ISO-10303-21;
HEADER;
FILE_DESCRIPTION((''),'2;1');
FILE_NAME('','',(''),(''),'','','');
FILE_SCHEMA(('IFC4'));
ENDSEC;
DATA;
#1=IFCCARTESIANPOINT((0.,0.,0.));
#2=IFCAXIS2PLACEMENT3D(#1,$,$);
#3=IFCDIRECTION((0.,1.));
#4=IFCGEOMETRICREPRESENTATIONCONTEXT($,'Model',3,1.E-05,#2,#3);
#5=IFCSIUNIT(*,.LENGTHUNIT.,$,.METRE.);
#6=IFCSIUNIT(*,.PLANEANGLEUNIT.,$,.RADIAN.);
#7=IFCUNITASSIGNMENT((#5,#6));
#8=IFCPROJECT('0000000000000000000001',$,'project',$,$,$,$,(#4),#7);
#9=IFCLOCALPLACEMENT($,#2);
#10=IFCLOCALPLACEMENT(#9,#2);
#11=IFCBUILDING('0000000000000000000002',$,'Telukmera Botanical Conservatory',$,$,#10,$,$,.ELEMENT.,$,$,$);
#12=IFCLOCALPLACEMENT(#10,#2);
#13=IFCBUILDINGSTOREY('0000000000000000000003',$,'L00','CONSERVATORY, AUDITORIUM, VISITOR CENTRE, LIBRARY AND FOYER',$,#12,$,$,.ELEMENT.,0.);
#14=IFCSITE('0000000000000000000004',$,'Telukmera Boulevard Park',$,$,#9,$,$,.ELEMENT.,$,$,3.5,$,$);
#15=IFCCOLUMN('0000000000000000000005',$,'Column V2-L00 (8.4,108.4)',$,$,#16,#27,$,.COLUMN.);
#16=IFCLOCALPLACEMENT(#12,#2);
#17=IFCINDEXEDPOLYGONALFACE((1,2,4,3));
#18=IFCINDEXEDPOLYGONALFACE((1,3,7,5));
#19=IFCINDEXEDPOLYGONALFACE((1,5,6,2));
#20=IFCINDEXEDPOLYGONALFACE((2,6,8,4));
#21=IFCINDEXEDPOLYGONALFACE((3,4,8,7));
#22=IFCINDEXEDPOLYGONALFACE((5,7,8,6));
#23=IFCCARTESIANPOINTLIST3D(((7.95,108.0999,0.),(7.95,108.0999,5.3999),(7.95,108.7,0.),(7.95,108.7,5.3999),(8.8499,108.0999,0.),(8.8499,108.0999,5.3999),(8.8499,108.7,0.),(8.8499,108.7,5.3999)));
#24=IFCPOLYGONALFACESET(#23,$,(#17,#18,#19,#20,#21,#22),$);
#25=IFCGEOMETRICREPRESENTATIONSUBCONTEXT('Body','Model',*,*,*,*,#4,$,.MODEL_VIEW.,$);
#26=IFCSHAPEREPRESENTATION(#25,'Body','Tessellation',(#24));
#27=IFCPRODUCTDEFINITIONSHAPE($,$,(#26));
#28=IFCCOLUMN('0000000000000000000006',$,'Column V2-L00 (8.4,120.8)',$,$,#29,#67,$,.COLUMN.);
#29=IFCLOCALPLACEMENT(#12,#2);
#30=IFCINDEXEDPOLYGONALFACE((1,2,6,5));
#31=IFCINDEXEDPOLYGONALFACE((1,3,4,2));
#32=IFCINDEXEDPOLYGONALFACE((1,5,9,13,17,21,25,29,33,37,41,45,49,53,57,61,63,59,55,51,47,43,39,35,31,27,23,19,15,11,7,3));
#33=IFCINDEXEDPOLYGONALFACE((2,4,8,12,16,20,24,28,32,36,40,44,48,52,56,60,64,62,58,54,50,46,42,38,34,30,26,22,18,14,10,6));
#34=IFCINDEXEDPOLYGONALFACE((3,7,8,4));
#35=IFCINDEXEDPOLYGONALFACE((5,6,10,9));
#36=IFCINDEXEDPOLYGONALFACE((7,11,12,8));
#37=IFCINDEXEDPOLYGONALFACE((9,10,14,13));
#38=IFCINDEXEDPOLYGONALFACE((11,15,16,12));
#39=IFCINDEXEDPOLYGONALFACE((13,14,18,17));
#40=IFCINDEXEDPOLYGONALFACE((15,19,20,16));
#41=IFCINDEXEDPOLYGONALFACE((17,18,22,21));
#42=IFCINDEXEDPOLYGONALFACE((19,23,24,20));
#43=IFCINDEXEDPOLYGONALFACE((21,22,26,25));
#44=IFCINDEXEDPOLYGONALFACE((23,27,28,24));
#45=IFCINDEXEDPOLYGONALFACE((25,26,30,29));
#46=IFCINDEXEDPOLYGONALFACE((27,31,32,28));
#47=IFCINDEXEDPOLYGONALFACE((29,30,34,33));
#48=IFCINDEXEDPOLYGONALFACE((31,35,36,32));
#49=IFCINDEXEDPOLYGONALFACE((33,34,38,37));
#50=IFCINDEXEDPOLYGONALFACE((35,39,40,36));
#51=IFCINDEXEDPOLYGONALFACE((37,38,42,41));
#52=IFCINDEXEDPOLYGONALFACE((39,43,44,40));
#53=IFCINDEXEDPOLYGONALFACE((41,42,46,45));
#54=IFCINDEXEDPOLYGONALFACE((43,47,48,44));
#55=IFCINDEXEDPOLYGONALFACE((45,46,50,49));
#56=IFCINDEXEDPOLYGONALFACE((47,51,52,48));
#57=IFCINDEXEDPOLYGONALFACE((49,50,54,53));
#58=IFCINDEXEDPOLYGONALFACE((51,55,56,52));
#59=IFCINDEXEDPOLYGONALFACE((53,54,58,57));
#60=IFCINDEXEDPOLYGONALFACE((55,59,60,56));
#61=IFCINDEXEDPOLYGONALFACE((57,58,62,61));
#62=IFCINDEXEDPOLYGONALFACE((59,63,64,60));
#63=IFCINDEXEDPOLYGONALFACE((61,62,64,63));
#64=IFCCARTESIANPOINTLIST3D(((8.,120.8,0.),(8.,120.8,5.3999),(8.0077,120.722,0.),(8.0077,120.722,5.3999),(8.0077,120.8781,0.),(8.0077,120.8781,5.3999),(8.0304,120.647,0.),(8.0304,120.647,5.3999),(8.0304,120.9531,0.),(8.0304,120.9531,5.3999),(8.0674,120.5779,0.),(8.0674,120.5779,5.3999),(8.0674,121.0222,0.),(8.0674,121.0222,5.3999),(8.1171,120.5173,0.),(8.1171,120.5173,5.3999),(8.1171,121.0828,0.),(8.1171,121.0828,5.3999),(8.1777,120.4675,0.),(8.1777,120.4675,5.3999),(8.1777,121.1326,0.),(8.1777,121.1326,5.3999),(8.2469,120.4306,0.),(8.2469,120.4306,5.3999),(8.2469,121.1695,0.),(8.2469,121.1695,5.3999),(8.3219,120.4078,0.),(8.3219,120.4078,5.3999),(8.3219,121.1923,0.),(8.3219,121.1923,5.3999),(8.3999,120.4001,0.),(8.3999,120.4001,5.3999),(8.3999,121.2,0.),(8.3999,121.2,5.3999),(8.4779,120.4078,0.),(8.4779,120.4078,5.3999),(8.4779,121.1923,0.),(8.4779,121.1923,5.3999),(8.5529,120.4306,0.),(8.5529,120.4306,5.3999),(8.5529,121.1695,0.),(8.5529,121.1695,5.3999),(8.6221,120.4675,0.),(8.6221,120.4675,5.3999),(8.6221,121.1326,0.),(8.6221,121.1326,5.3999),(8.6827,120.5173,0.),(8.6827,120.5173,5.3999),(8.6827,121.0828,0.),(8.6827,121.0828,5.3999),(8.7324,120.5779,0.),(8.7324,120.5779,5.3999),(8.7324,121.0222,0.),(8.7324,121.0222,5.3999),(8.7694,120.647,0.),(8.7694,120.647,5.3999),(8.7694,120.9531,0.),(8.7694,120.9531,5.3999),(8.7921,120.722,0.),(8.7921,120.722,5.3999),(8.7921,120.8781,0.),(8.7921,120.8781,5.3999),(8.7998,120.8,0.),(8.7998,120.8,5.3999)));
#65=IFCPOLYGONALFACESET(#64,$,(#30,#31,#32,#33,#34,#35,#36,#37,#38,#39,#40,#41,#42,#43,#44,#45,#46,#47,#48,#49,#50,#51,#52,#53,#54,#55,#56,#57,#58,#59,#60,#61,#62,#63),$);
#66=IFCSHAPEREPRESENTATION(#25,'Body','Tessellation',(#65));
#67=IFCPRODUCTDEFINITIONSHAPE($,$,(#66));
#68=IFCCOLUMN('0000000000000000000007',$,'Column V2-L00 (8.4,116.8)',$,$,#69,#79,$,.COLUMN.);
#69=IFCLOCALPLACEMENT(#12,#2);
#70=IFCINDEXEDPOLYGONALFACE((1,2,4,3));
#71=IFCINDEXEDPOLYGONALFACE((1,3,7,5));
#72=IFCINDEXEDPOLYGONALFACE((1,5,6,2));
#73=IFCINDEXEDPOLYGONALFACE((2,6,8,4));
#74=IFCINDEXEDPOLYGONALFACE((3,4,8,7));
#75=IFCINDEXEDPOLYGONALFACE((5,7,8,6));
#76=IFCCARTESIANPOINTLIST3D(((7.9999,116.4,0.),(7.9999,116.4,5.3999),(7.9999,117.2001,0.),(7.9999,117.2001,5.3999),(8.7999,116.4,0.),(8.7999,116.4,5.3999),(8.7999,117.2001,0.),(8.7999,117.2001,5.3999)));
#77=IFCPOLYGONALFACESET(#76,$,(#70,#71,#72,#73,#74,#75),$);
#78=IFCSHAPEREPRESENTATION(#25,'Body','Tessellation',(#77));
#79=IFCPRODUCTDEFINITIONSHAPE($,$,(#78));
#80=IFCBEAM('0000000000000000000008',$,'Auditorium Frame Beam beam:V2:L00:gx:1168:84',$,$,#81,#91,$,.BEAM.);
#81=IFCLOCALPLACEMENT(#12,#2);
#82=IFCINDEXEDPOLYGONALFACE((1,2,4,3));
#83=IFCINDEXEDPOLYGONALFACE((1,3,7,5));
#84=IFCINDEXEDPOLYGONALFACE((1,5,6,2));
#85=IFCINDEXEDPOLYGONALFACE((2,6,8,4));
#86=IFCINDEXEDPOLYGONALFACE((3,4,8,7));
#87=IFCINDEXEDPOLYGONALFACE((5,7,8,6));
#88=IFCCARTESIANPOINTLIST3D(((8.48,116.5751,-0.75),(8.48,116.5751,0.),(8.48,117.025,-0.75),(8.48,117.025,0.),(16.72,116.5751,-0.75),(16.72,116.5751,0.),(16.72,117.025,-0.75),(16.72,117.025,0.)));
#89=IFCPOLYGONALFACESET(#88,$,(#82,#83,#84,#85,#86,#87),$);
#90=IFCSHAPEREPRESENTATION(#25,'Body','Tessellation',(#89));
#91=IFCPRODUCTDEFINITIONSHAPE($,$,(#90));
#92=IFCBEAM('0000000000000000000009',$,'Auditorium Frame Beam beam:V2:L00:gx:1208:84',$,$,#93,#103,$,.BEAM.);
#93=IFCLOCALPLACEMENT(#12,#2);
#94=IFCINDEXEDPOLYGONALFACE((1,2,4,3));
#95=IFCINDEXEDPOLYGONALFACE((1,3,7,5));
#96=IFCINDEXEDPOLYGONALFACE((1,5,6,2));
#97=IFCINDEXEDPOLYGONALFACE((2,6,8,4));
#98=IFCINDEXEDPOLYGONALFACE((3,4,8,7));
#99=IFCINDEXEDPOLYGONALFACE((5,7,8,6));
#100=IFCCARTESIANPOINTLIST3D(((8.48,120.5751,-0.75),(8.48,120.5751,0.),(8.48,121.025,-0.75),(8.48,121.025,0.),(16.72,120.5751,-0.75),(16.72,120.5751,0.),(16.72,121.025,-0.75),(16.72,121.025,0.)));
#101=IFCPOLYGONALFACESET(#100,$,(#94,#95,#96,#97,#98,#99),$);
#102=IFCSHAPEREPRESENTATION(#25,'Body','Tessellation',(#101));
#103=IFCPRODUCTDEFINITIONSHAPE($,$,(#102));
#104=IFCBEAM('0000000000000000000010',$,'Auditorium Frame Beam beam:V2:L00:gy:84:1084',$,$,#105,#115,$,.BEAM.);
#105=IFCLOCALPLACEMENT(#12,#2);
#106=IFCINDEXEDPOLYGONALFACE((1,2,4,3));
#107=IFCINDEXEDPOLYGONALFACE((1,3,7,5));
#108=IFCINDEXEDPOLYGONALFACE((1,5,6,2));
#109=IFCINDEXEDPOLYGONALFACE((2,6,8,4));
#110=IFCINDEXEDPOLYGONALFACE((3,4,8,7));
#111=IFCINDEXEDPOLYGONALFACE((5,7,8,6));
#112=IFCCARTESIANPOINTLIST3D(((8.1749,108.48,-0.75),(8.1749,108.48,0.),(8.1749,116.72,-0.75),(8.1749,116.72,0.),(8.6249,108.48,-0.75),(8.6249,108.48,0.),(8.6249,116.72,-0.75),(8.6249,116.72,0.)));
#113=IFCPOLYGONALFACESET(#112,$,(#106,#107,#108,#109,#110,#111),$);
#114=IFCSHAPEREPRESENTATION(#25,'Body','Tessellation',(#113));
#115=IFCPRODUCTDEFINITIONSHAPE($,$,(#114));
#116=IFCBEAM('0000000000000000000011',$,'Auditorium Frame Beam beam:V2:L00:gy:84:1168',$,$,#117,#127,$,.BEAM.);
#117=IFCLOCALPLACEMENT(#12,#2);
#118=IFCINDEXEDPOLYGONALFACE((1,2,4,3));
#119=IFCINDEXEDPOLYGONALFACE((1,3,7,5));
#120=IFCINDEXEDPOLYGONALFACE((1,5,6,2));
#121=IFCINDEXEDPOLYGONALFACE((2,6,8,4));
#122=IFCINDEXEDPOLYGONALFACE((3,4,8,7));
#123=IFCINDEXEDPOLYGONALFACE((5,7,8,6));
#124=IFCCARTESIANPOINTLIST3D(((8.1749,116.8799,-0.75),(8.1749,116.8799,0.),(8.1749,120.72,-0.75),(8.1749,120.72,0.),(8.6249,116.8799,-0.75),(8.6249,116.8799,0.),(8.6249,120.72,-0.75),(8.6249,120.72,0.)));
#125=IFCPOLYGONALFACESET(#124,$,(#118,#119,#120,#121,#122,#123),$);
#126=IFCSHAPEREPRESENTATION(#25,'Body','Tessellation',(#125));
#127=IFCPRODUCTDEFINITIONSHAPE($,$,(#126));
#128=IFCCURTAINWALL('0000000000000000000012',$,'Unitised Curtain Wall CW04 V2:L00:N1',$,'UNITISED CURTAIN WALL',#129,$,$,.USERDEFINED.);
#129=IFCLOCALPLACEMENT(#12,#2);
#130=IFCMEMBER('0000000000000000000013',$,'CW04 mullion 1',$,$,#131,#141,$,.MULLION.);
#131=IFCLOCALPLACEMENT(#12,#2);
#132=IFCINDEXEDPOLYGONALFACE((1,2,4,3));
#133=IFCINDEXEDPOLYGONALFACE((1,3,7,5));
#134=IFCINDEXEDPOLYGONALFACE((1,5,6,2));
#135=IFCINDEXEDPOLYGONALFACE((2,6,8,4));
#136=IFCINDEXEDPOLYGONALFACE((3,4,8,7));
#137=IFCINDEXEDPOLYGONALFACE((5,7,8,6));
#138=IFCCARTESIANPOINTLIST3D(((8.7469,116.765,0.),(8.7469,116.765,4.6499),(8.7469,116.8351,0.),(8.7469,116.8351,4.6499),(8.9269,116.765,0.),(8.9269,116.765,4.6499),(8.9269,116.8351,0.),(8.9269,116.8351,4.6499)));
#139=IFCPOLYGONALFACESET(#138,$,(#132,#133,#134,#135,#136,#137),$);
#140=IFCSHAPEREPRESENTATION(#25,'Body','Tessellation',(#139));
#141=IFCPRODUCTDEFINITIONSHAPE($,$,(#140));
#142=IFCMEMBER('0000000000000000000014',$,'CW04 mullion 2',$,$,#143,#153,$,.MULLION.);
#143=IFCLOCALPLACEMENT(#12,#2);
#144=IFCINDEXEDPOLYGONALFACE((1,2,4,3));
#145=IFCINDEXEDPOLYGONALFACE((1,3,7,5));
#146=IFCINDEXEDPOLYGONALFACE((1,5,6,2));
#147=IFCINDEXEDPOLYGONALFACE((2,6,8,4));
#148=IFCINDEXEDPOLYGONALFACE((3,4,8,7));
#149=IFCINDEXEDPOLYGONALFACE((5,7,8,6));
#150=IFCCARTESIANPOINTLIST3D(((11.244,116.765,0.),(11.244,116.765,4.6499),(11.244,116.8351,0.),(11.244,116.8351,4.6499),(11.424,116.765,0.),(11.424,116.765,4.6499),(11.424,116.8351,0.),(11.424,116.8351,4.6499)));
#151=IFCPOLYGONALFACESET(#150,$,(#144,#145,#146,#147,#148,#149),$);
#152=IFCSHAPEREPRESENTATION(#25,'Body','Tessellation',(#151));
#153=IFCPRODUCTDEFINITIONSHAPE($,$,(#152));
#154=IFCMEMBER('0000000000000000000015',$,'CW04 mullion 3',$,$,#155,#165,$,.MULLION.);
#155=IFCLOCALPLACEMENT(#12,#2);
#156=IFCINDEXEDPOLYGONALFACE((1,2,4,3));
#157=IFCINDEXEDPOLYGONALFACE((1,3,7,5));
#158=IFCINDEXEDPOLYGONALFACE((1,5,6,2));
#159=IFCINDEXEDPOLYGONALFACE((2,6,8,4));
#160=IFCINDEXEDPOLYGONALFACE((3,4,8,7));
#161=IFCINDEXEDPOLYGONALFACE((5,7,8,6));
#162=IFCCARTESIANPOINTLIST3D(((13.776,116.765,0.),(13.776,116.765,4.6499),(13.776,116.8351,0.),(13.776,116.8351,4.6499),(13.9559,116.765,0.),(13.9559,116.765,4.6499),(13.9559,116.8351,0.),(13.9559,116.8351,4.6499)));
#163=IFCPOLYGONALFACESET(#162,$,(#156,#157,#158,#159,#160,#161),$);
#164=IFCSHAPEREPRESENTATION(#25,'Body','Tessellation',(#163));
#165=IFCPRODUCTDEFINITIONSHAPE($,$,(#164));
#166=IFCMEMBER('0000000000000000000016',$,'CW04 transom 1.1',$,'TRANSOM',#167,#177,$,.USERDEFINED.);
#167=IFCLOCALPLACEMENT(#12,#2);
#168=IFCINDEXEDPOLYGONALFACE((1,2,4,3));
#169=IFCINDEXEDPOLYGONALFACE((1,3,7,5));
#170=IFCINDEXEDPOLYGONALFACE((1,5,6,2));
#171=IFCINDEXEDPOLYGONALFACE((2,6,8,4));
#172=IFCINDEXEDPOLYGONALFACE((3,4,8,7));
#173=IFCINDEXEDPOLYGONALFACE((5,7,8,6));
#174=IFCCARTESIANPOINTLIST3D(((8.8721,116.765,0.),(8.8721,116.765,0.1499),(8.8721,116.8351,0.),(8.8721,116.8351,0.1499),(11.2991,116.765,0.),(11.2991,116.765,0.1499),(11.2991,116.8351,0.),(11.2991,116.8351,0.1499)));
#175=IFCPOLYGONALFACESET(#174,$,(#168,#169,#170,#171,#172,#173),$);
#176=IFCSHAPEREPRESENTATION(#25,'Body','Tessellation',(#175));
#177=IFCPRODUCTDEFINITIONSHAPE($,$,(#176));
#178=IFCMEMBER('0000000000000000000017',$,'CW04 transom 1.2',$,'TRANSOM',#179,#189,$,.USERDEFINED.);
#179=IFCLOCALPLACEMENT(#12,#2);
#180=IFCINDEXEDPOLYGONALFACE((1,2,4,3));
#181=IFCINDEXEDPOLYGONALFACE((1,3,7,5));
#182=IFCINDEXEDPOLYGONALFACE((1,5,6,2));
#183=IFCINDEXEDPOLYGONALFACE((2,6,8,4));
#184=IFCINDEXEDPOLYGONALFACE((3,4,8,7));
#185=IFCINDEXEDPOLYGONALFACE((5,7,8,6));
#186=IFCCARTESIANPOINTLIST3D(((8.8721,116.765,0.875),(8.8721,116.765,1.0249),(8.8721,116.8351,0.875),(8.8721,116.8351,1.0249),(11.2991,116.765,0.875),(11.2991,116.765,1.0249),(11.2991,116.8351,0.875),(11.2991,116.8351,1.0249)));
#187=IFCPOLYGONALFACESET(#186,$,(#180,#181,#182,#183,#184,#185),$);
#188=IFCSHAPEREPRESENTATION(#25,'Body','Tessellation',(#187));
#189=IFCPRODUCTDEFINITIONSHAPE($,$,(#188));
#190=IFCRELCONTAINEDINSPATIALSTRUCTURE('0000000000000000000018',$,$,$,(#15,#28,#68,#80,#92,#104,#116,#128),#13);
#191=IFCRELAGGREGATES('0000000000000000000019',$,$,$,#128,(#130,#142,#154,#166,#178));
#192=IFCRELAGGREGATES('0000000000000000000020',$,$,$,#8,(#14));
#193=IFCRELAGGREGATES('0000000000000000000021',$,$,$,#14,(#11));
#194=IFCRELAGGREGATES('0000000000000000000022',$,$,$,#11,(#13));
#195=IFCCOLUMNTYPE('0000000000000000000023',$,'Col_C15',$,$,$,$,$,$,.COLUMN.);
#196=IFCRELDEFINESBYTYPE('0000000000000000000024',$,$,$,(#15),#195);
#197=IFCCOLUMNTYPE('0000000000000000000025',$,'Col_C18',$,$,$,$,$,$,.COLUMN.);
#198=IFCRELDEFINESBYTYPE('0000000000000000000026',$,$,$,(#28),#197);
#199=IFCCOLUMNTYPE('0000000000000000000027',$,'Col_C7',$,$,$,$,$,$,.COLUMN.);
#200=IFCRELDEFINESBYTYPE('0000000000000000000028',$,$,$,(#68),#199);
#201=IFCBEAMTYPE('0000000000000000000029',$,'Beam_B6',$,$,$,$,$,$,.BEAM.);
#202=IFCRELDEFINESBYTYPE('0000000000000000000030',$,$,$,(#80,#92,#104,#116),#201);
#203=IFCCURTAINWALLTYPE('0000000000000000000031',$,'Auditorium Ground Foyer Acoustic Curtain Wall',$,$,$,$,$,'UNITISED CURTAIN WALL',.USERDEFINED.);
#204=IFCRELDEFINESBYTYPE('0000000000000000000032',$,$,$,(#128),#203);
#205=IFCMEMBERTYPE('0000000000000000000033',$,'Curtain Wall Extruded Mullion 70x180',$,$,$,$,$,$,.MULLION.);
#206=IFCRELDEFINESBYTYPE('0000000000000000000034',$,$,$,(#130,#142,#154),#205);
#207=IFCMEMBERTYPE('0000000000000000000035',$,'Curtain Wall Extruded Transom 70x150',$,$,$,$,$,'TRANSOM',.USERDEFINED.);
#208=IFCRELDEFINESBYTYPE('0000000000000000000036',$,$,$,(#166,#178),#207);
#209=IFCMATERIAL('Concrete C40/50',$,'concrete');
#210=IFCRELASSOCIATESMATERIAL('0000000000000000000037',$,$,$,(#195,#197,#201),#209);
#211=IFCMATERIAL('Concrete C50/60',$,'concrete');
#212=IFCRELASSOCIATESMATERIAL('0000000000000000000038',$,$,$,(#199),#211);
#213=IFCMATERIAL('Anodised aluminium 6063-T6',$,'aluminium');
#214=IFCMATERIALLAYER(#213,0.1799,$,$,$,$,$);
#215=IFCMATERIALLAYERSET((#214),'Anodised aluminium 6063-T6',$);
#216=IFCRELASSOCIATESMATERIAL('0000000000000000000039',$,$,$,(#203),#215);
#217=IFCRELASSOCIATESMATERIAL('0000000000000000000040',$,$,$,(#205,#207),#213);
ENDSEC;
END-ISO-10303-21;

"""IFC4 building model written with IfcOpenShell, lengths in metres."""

from ifc_helpers import new_model, si_unit, direction, frame, origin, origin_2d, place, context, subcontext, project, spatial, rectangle, circle, extrude, material, layer, layer_set, material_profile, profile_set, type_object, element, aggregate, save


model = new_model("IFC4")

# Units and contexts
model_context = context("Model", 3, precision=1e-05, world=origin(), true_north=direction((0.0, 1.0)))
body_context = subcontext(model_context, "Body", "Model", "MODEL_VIEW")
ifc_project = project(units=[si_unit("LENGTHUNIT", "METRE"), si_unit("PLANEANGLEUNIT", "RADIAN")], contexts=[model_context])

# Site, building, storey
site_placement = place(None, origin())
site = spatial("IfcSite", under=ifc_project, at=site_placement, Name="Telukmera Boulevard Park", CompositionType="ELEMENT", RefElevation=3.5)
building_placement = place(site_placement, origin())
building = spatial("IfcBuilding", under=site, at=building_placement, Name="Telukmera Botanical Conservatory", CompositionType="ELEMENT")
storey_placement = place(building_placement, origin())
storey = spatial("IfcBuildingStorey", under=building, at=storey_placement, Name="L00", Description="CONSERVATORY, AUDITORIUM, VISITOR CENTRE, LIBRARY AND FOYER", CompositionType="ELEMENT", Elevation=0.0)

# Columns
ifc_material_1 = material(Name="Concrete C40/50", Category="concrete")
ifc_material_profile_1 = material_profile(ifc_material_1, rectangle(XDim=0.6001, YDim=0.8999, at=origin_2d()), Name="RC 900x600")
ifc_profile_set_1 = profile_set([ifc_material_profile_1], Name="Concrete C40/50")
column_type_1 = type_object("IfcColumnType", Name="Col_C15", PredefinedType="COLUMN", material=ifc_profile_set_1)
column_1_placement = place(storey_placement, frame((8.3999, 108.3999, 0.0), z_axis=(0.0, 0.0, 1.0), x_axis=(0.0, 1.0, 0.0)))
element("IfcColumn", 1, at=column_1_placement, inside=storey, type_object=column_type_1, Name="Column V2-L00 (8.4,108.4)", PredefinedType="COLUMN", context=body_context, shape_type="SweptSolid", body=[
    extrude(rectangle(XDim=0.6001, YDim=0.8999, at=origin_2d()), origin(), (0.0, 0.0, 1.0), 5.3999),
])
ifc_material_profile_2 = material_profile(ifc_material_1, circle(Radius=0.3999, at=origin_2d()), Name="RC D800")
ifc_profile_set_2 = profile_set([ifc_material_profile_2], Name="Concrete C40/50")
column_type_2 = type_object("IfcColumnType", Name="Col_C18", PredefinedType="COLUMN", material=ifc_profile_set_2)
column_2_placement = place(storey_placement, frame((8.3999, 120.8, 0.0), z_axis=(0.0, 0.0, 1.0), x_axis=(1.0, 0.0, 0.0)))
element("IfcColumn", 2, at=column_2_placement, inside=storey, type_object=column_type_2, Name="Column V2-L00 (8.4,120.8)", PredefinedType="COLUMN", context=body_context, shape_type="SweptSolid", body=[
    extrude(circle(Radius=0.3999, at=origin_2d()), origin(), (0.0, 0.0, 1.0), 5.3999),
])
ifc_material_2 = material(Name="Concrete C50/60", Category="concrete")
ifc_material_profile_3 = material_profile(ifc_material_2, rectangle(XDim=0.8, YDim=0.8, at=origin_2d()), Name="RC 800x800")
ifc_profile_set_3 = profile_set([ifc_material_profile_3], Name="Concrete C50/60")
column_type_3 = type_object("IfcColumnType", Name="Col_C7", PredefinedType="COLUMN", material=ifc_profile_set_3)
column_3_placement = place(storey_placement, frame((8.3999, 116.8, 0.0), z_axis=(0.0, 0.0, 1.0), x_axis=(1.0, 0.0, 0.0)))
element("IfcColumn", 3, at=column_3_placement, inside=storey, type_object=column_type_3, Name="Column V2-L00 (8.4,116.8)", PredefinedType="COLUMN", context=body_context, shape_type="SweptSolid", body=[
    extrude(rectangle(XDim=0.8, YDim=0.8, at=origin_2d()), origin(), (0.0, 0.0, 1.0), 5.3999),
])

# Beams
ifc_material_profile_4 = material_profile(ifc_material_1, rectangle(XDim=0.45, YDim=0.75, at=origin_2d()), Name="RC 450x750")
ifc_profile_set_4 = profile_set([ifc_material_profile_4], Name="Concrete C40/50")
beam_type = type_object("IfcBeamType", Name="Beam_B6", PredefinedType="BEAM", material=ifc_profile_set_4)
for number, where, z_axis, x_axis, name in (
    (4, (8.48, 116.8, -0.375), (1.0, 0.0, 0.0), (0.0, 1.0, 0.0), "Auditorium Frame Beam beam:V2:L00:gx:1168:84"),
    (5, (8.48, 120.8, -0.375), (1.0, 0.0, 0.0), (0.0, 1.0, 0.0), "Auditorium Frame Beam beam:V2:L00:gx:1208:84"),
    (6, (8.3999, 108.48, -0.375), (0.0, 1.0, 0.0), (-1.0, 0.0, 0.0), "Auditorium Frame Beam beam:V2:L00:gy:84:1084"),
):
    element("IfcBeam", number, at=place(storey_placement, frame(where, z_axis=z_axis, x_axis=x_axis)), inside=storey, type_object=beam_type, Name=name, PredefinedType="BEAM", context=body_context, shape_type="SweptSolid", body=[
        extrude(rectangle(XDim=0.45, YDim=0.75, at=origin_2d()), origin(), (0.0, 0.0, 1.0), 8.24),
    ])
beam_placement = place(storey_placement, frame((8.3999, 116.8799, -0.375), z_axis=(0.0, 1.0, 0.0), x_axis=(-1.0, 0.0, 0.0)))
element("IfcBeam", 7, at=beam_placement, inside=storey, type_object=beam_type, Name="Auditorium Frame Beam beam:V2:L00:gy:84:1168", PredefinedType="BEAM", context=body_context, shape_type="SweptSolid", body=[
    extrude(rectangle(XDim=0.45, YDim=0.75, at=origin_2d()), origin(), (0.0, 0.0, 1.0), 3.8401),
])

# Curtain wall, members
ifc_material_3 = material(Name="Anodised aluminium 6063-T6", Category="aluminium")
ifc_layer_1 = layer(ifc_material_3, 0.1799)
ifc_layer_set_1 = layer_set([ifc_layer_1], Name="Anodised aluminium 6063-T6")
curtain_wall_type = type_object("IfcCurtainWallType", Name="Auditorium Ground Foyer Acoustic Curtain Wall", ElementType="UNITISED CURTAIN WALL", PredefinedType="USERDEFINED", material=ifc_layer_set_1)
curtain_wall_placement = place(storey_placement, origin())
curtain_wall = element("IfcCurtainWall", 8, at=curtain_wall_placement, inside=storey, type_object=curtain_wall_type, Name="Unitised Curtain Wall CW04 V2:L00:N1", ObjectType="UNITISED CURTAIN WALL", PredefinedType="USERDEFINED")
ifc_material_profile_5 = material_profile(ifc_material_3, rectangle(XDim=0.0701, YDim=0.1799, at=origin_2d()), Name="ALU MULL 70x180")
ifc_profile_set_5 = profile_set([ifc_material_profile_5], Name="Anodised aluminium 6063-T6")
member_type_1 = type_object("IfcMemberType", Name="Curtain Wall Extruded Mullion 70x180", PredefinedType="MULLION", material=ifc_profile_set_5)
member_1_placement = place(storey_placement, frame((8.8369, 116.8, 0.0), z_axis=(0.0, 0.0, 1.0), x_axis=(0.0, 1.0, 0.0)))
member_1 = element("IfcMember", 9, at=member_1_placement, type_object=member_type_1, Name="CW04 mullion 1", PredefinedType="MULLION", context=body_context, shape_type="SweptSolid", body=[
    extrude(rectangle(XDim=0.0701, YDim=0.1799, at=origin_2d()), origin(), (0.0, 0.0, 1.0), 4.6499),
])
member_2_placement = place(storey_placement, frame((11.334, 116.8, 0.0), z_axis=(0.0, 0.0, 1.0), x_axis=(0.0, 1.0, 0.0)))
member_2 = element("IfcMember", 10, at=member_2_placement, type_object=member_type_1, Name="CW04 mullion 2", PredefinedType="MULLION", context=body_context, shape_type="SweptSolid", body=[
    extrude(rectangle(XDim=0.0701, YDim=0.1799, at=origin_2d()), origin(), (0.0, 0.0, 1.0), 4.6499),
])
member_3_placement = place(storey_placement, frame((13.866, 116.8, 0.0), z_axis=(0.0, 0.0, 1.0), x_axis=(0.0, 1.0, 0.0)))
member_3 = element("IfcMember", 11, at=member_3_placement, type_object=member_type_1, Name="CW04 mullion 3", PredefinedType="MULLION", context=body_context, shape_type="SweptSolid", body=[
    extrude(rectangle(XDim=0.0701, YDim=0.1799, at=origin_2d()), origin(), (0.0, 0.0, 1.0), 4.6499),
])
ifc_material_profile_6 = material_profile(ifc_material_3, rectangle(XDim=0.0701, YDim=0.1499, at=origin_2d()), Name="ALU TRAN 70x150")
ifc_profile_set_6 = profile_set([ifc_material_profile_6], Name="Anodised aluminium 6063-T6")
member_type_2 = type_object("IfcMemberType", Name="Curtain Wall Extruded Transom 70x150", ElementType="TRANSOM", PredefinedType="USERDEFINED", material=ifc_profile_set_6)
member_4_placement = place(storey_placement, frame((8.8721, 116.8, 0.075), z_axis=(1.0, 0.0, 0.0), x_axis=(0.0, 1.0, 0.0)))
member_4 = element("IfcMember", 12, at=member_4_placement, type_object=member_type_2, Name="CW04 transom 1.1", ObjectType="TRANSOM", PredefinedType="USERDEFINED", context=body_context, shape_type="SweptSolid", body=[
    extrude(rectangle(XDim=0.0701, YDim=0.1499, at=origin_2d()), origin(), (0.0, 0.0, 1.0), 2.427),
])
member_5_placement = place(storey_placement, frame((8.8721, 116.8, 0.95), z_axis=(1.0, 0.0, 0.0), x_axis=(0.0, 1.0, 0.0)))
member_5 = element("IfcMember", 13, at=member_5_placement, type_object=member_type_2, Name="CW04 transom 1.2", ObjectType="TRANSOM", PredefinedType="USERDEFINED", context=body_context, shape_type="SweptSolid", body=[
    extrude(rectangle(XDim=0.0701, YDim=0.1499, at=origin_2d()), origin(), (0.0, 0.0, 1.0), 2.427),
])
aggregate(curtain_wall, [member_1, member_2, member_3, member_4, member_5])

save(model, "model.ifc")
